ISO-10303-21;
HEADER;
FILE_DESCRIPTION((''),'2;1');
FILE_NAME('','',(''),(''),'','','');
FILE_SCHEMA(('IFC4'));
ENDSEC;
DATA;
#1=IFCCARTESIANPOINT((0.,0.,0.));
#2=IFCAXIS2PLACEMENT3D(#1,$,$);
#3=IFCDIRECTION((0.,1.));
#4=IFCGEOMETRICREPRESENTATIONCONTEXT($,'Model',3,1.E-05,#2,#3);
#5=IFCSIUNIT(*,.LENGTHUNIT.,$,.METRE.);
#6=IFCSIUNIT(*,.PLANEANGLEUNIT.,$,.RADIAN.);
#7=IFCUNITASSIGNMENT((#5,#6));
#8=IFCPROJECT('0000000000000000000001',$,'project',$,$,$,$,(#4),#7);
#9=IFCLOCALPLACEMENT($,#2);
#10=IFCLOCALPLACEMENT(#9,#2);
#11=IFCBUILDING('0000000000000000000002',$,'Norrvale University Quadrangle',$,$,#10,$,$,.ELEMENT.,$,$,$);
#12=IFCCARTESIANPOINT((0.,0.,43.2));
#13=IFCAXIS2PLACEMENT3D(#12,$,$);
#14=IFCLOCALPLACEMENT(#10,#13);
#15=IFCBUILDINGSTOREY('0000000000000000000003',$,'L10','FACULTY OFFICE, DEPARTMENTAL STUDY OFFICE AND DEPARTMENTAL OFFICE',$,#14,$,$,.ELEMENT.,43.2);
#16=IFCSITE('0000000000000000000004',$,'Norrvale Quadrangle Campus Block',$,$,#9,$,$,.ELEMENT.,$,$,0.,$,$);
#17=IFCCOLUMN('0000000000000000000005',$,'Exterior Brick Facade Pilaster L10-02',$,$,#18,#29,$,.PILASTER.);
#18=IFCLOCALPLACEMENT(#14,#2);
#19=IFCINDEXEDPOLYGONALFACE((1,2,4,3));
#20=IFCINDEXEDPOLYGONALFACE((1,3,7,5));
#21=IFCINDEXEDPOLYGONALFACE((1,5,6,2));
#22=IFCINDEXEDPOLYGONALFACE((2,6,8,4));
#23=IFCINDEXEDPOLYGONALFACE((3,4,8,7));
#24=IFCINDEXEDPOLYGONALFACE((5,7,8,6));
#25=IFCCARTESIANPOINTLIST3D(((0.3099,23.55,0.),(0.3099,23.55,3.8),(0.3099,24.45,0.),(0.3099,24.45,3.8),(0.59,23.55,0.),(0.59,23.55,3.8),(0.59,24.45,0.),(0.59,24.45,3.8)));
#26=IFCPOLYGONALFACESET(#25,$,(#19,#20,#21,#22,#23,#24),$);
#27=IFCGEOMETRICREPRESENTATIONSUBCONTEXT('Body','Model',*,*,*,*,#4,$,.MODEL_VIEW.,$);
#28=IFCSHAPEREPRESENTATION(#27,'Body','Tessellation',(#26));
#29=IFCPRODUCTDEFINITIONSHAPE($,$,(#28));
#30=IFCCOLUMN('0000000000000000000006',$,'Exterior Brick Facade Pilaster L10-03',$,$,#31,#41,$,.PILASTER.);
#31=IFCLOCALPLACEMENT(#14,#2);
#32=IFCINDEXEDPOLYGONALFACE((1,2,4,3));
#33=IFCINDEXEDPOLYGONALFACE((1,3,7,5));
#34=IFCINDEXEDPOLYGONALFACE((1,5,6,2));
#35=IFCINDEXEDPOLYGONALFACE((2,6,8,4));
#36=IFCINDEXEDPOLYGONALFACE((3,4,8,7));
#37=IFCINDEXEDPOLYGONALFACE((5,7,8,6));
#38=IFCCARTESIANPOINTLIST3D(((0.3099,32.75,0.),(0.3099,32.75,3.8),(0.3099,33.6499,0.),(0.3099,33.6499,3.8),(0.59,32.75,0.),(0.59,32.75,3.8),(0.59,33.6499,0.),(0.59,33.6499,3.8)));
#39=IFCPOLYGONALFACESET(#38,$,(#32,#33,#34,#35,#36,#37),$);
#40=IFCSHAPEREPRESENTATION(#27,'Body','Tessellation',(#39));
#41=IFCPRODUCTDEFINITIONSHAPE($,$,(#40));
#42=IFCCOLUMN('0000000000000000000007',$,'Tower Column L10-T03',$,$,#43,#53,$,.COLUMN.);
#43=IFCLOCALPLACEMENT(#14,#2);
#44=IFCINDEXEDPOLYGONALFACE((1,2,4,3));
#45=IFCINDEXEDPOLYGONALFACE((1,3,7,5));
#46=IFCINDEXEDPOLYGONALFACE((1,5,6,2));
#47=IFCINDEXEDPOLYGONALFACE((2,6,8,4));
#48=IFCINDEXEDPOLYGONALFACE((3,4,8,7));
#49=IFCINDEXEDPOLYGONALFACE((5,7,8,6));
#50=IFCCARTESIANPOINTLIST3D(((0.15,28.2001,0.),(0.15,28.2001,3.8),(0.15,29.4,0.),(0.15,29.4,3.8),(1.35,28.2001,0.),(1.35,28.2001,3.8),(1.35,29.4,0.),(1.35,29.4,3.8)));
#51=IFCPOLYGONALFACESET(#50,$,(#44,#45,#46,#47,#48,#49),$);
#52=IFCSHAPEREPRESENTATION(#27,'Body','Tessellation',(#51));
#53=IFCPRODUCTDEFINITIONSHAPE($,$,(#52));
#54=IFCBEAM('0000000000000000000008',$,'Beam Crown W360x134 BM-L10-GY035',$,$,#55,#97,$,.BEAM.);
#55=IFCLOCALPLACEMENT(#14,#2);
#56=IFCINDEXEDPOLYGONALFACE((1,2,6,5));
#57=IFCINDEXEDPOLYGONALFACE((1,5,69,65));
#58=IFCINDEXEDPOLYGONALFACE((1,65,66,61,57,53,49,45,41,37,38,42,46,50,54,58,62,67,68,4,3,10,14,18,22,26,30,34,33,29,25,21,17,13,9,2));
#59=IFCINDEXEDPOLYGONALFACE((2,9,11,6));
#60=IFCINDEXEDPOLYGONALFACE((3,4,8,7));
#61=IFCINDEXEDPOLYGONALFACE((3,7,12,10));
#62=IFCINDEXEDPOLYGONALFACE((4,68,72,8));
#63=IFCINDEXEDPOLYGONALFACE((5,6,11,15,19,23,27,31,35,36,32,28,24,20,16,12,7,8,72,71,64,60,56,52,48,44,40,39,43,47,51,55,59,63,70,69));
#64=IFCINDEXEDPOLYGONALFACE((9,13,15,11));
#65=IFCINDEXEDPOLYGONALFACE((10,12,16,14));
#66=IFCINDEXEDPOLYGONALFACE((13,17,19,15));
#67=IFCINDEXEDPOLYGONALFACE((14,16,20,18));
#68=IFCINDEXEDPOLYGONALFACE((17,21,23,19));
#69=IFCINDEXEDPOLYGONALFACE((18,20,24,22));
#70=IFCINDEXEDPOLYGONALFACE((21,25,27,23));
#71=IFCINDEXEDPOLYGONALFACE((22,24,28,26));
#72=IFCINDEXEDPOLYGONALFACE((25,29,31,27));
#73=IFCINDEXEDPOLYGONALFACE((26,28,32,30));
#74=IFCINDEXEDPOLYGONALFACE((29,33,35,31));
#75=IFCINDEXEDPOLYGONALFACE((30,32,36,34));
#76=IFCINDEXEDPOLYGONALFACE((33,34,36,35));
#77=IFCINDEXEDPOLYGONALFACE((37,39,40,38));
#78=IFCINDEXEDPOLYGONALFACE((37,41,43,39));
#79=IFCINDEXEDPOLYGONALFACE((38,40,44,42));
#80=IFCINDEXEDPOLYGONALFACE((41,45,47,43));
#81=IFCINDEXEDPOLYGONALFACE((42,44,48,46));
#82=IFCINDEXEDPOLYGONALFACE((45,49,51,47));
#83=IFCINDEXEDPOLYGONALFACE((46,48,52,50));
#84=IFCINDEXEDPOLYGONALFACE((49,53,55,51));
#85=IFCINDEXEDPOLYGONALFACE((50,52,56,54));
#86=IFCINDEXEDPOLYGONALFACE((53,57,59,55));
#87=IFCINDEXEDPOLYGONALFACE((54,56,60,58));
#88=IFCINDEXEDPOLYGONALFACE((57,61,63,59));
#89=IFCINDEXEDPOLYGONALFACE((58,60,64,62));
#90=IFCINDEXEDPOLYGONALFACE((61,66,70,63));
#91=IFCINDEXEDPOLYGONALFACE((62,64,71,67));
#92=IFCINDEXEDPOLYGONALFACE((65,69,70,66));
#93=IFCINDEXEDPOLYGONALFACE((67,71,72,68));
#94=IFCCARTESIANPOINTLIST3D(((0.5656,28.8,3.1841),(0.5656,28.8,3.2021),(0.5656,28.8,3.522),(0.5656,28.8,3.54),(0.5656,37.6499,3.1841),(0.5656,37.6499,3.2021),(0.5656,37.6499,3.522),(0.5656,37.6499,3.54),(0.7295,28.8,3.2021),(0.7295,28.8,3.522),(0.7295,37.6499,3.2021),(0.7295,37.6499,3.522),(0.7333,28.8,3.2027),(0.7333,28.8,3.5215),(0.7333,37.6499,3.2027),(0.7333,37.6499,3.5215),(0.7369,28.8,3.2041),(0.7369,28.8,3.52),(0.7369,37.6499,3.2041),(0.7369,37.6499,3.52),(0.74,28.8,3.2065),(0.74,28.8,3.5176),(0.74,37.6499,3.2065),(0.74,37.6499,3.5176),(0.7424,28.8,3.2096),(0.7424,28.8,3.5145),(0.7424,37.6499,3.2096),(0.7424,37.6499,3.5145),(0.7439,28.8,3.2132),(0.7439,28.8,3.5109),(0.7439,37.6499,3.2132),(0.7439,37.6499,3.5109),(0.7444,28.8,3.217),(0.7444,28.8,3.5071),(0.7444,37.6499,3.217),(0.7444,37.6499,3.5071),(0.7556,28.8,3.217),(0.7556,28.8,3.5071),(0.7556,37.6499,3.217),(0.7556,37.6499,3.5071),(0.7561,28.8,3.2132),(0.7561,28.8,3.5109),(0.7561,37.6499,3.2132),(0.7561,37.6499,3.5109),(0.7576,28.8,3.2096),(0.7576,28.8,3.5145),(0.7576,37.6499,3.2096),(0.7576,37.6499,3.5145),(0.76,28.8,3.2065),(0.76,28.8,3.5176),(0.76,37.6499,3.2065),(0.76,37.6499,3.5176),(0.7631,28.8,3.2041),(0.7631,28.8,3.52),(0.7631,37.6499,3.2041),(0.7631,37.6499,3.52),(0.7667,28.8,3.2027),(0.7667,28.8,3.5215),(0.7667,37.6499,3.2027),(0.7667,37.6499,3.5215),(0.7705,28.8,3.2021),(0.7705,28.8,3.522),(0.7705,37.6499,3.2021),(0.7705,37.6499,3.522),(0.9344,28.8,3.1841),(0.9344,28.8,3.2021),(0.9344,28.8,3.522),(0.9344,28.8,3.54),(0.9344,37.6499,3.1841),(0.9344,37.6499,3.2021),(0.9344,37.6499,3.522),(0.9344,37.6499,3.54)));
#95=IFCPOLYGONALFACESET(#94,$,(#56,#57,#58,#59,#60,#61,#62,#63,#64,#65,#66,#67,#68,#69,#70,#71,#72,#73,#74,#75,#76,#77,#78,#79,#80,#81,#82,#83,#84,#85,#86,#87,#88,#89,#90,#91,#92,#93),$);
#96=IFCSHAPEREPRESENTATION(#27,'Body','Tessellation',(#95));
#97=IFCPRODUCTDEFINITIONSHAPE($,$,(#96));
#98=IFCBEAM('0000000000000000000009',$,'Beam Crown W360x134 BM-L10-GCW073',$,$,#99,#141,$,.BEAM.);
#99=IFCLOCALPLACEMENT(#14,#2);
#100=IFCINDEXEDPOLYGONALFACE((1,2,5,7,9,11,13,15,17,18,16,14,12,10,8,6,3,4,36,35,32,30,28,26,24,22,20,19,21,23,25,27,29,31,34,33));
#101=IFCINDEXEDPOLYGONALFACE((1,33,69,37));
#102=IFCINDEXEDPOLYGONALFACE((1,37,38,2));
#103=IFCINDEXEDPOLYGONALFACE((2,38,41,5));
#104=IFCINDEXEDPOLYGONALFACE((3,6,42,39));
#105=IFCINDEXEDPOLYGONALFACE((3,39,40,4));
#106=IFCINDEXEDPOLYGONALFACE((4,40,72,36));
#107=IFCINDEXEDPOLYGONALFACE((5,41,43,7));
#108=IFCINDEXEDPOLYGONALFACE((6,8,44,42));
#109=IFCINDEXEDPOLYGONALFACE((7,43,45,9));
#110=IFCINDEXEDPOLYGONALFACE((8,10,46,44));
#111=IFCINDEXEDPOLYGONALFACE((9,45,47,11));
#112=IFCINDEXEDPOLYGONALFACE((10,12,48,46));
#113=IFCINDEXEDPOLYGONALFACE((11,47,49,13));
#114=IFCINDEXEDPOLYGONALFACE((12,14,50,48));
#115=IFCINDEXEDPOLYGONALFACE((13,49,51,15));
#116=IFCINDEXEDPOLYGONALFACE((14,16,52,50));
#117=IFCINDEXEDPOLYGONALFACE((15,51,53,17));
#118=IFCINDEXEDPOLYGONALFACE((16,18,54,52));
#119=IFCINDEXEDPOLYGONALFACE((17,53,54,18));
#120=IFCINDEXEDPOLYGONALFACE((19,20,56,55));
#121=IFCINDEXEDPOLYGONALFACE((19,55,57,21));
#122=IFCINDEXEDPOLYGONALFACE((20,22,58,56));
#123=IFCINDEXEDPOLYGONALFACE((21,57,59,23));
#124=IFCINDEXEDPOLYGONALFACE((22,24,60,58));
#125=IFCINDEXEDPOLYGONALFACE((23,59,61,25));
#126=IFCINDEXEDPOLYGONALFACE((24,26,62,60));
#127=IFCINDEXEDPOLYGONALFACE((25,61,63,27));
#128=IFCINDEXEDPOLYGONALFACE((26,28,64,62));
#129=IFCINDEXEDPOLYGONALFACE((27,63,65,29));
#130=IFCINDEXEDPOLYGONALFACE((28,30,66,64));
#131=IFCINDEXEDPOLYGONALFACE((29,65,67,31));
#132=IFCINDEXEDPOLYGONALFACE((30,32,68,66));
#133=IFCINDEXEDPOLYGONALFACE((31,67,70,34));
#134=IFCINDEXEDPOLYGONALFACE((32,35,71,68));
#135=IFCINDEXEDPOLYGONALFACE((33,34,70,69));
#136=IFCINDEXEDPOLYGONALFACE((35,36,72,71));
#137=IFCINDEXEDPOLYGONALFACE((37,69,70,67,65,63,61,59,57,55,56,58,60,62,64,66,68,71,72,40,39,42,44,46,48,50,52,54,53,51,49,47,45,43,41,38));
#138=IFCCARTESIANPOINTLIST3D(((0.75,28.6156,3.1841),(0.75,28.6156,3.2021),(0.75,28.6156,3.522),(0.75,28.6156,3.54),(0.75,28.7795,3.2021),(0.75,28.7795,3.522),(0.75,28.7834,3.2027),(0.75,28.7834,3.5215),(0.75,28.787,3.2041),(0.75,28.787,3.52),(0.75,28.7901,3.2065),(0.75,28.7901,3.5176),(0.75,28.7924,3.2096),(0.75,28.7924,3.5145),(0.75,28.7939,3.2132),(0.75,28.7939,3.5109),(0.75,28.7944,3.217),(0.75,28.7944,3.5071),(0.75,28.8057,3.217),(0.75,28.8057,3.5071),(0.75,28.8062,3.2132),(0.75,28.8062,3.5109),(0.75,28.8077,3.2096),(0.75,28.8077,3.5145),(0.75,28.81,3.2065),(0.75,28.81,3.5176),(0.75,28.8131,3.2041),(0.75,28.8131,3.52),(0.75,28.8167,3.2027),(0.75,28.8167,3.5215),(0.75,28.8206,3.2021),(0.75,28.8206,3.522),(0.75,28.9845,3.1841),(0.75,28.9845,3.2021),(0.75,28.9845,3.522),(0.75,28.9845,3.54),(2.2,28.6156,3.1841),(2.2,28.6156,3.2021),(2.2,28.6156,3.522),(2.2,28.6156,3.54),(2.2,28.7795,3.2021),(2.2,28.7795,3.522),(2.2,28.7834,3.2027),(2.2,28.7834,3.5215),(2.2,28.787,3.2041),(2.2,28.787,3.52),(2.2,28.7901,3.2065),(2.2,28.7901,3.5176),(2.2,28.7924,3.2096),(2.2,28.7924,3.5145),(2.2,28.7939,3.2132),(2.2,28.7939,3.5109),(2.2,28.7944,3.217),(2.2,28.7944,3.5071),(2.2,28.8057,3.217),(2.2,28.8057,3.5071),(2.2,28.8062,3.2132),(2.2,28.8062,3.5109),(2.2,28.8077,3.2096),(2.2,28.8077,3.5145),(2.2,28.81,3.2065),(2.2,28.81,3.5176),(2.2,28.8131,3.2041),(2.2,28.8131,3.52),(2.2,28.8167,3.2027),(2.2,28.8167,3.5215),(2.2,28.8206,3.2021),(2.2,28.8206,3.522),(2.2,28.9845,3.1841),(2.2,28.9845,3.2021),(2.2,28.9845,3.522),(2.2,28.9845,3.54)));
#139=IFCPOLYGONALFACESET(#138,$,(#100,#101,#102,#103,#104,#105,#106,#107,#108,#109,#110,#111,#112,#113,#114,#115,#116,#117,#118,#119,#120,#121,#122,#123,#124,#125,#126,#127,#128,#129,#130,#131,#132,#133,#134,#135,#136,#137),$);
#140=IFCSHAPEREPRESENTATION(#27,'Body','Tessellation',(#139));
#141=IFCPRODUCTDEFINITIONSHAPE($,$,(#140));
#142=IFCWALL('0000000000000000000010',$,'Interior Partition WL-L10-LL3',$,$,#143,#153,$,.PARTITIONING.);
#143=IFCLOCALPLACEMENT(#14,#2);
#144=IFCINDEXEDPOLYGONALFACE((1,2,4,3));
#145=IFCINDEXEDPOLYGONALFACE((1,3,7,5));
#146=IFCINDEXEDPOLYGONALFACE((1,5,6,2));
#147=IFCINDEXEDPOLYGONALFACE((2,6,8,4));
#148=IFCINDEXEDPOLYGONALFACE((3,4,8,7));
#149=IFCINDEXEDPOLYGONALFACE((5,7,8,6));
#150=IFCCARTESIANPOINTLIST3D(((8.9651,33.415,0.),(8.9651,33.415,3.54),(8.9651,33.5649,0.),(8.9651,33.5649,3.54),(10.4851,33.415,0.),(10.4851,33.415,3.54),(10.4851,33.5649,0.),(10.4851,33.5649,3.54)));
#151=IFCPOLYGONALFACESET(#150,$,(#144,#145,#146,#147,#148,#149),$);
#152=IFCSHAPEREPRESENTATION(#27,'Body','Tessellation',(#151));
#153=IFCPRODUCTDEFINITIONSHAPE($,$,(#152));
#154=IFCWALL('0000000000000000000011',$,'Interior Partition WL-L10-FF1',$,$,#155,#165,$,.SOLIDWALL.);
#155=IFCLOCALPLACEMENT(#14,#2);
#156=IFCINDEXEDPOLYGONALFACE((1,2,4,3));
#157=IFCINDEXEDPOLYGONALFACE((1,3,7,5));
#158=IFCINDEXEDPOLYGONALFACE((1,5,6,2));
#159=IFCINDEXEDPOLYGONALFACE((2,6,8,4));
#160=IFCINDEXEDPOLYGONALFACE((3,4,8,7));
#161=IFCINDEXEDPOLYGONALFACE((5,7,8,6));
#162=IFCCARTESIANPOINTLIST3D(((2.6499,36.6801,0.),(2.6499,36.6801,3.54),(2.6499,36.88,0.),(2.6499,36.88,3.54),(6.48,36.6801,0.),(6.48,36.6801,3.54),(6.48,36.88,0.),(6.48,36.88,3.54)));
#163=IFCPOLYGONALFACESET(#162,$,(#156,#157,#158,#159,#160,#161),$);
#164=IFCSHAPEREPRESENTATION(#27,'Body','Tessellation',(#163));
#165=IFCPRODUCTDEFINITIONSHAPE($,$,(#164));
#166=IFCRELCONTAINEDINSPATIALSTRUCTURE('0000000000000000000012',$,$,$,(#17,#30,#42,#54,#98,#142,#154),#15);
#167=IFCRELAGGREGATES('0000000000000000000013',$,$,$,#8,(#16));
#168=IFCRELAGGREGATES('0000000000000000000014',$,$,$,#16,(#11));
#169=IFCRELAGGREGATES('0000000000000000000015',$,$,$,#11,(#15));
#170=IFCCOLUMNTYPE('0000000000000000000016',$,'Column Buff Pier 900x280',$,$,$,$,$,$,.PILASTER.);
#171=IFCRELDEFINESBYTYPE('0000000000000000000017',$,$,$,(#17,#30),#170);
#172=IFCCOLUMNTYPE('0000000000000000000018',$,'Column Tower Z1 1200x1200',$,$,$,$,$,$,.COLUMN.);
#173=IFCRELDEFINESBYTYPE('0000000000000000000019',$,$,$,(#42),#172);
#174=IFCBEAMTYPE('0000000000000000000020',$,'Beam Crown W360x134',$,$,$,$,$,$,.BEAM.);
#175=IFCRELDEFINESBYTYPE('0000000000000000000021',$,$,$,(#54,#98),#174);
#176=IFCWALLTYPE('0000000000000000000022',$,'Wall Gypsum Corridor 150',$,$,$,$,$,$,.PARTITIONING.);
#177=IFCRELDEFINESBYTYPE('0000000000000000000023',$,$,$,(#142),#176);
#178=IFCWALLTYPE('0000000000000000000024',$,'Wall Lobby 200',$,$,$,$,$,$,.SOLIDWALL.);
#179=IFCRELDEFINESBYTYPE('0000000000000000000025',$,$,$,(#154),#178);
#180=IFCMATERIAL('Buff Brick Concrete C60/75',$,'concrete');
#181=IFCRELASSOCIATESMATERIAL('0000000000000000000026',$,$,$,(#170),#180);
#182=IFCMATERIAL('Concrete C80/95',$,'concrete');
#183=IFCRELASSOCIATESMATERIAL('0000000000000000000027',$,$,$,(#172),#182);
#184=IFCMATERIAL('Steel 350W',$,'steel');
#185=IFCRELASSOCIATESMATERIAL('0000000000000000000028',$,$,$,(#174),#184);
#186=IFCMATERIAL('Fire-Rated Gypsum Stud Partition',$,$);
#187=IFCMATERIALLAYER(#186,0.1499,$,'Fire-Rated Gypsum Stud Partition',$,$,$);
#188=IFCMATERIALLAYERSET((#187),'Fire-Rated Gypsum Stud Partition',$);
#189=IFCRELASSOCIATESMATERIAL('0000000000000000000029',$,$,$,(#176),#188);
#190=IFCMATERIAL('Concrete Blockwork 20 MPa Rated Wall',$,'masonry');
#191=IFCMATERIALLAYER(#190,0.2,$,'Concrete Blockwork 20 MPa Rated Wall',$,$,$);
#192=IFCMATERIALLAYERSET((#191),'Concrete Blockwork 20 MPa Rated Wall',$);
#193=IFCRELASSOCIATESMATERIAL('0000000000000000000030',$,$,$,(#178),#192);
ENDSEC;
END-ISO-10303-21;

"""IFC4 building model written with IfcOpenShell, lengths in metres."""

from ifc_helpers import new_model, si_unit, direction, frame, frame_2d, origin, origin_2d, place, context, subcontext, project, spatial, rectangle, i_section, extrude, material, layer, layer_set, material_profile, profile_set, type_object, element, save


model = new_model("IFC4")

# Units and contexts
model_context = context("Model", 3, precision=1e-05, world=origin(), true_north=direction((0.0, 1.0)))
body_context = subcontext(model_context, "Body", "Model", "MODEL_VIEW")
ifc_project = project(units=[si_unit("LENGTHUNIT", "METRE"), si_unit("PLANEANGLEUNIT", "RADIAN")], contexts=[model_context])

# Site, building, storey
site_placement = place(None, origin())
site = spatial("IfcSite", under=ifc_project, at=site_placement, Name="Norrvale Quadrangle Campus Block", CompositionType="ELEMENT", RefElevation=0.0)
building_placement = place(site_placement, origin())
building = spatial("IfcBuilding", under=site, at=building_placement, Name="Norrvale University Quadrangle", CompositionType="ELEMENT")
storey_placement = place(building_placement, frame((0.0, 0.0, 43.2)))
storey = spatial("IfcBuildingStorey", under=building, at=storey_placement, Name="L10", Description="FACULTY OFFICE, DEPARTMENTAL STUDY OFFICE AND DEPARTMENTAL OFFICE", CompositionType="ELEMENT", Elevation=43.2)

# Columns
ifc_material_1 = material(Name="Buff Brick Concrete C60/75", Category="concrete")
ifc_material_profile_1 = material_profile(ifc_material_1, rectangle(XDim=0.8999, YDim=0.28, at=origin_2d()), Name="Buff Brick Concrete C60/75")
ifc_profile_set_1 = profile_set([ifc_material_profile_1], Name="Buff Brick Concrete C60/75")
column_type_1 = type_object("IfcColumnType", Name="Column Buff Pier 900x280", PredefinedType="PILASTER", material=ifc_profile_set_1)
for number, where, z_axis, x_axis, name in (
    (1, (0.45, 24.0, 0.0), (0.0, 0.0, 1.0), (0.0, 1.0, 0.0), "Exterior Brick Facade Pilaster L10-02"),
    (2, (0.45, 33.2, 0.0), (0.0, 0.0, 1.0), (0.0, 1.0, 0.0), "Exterior Brick Facade Pilaster L10-03"),
):
    element("IfcColumn", number, at=place(storey_placement, frame(where, z_axis=z_axis, x_axis=x_axis)), inside=storey, type_object=column_type_1, Name=name, PredefinedType="PILASTER", context=body_context, shape_type="SweptSolid", body=[
        extrude(rectangle(XDim=0.8999, YDim=0.28, at=origin_2d()), origin(), (0.0, 0.0, 1.0), 3.8),
    ])
ifc_material_2 = material(Name="Concrete C80/95", Category="concrete")
ifc_material_profile_2 = material_profile(ifc_material_2, rectangle(XDim=1.2, YDim=1.2, at=origin_2d()), Name="Concrete C80/95")
ifc_profile_set_2 = profile_set([ifc_material_profile_2], Name="Concrete C80/95")
column_type_2 = type_object("IfcColumnType", Name="Column Tower Z1 1200x1200", PredefinedType="COLUMN", material=ifc_profile_set_2)
column_placement = place(storey_placement, frame((0.75, 28.8, 0.0), z_axis=(0.0, 0.0, 1.0), x_axis=(1.0, 0.0, 0.0)))
element("IfcColumn", 3, at=column_placement, inside=storey, type_object=column_type_2, Name="Tower Column L10-T03", PredefinedType="COLUMN", context=body_context, shape_type="SweptSolid", body=[
    extrude(rectangle(XDim=1.2, YDim=1.2, at=origin_2d()), origin(), (0.0, 0.0, 1.0), 3.8),
])

# Beams
ifc_material_3 = material(Name="Steel 350W", Category="steel")
ifc_material_profile_3 = material_profile(ifc_material_3, i_section(OverallWidth=0.3689, OverallDepth=0.356, WebThickness=0.0112, FlangeThickness=0.0181, FilletRadius=0.0149, at=origin_2d()), Name="Steel 350W")
ifc_profile_set_3 = profile_set([ifc_material_profile_3], Name="Steel 350W")
beam_type = type_object("IfcBeamType", Name="Beam Crown W360x134", PredefinedType="BEAM", material=ifc_profile_set_3)
beam_1_placement = place(storey_placement, frame((0.75, 28.8, 3.3621), z_axis=(0.0, 1.0, 0.0), x_axis=(-1.0, 0.0, 0.0)))
element("IfcBeam", 4, at=beam_1_placement, inside=storey, type_object=beam_type, Name="Beam Crown W360x134 BM-L10-GY035", PredefinedType="BEAM", context=body_context, shape_type="SweptSolid", body=[
    extrude(i_section(OverallWidth=0.3689, OverallDepth=0.356, WebThickness=0.0112, FlangeThickness=0.0181, FilletRadius=0.0149, at=origin_2d()), origin(), (0.0, 0.0, 1.0), 8.8499),
])
beam_2_placement = place(storey_placement, frame((0.75, 28.8, 3.3621), z_axis=(1.0, 0.0, 0.0), x_axis=(0.0, 1.0, 0.0)))
element("IfcBeam", 5, at=beam_2_placement, inside=storey, type_object=beam_type, Name="Beam Crown W360x134 BM-L10-GCW073", PredefinedType="BEAM", context=body_context, shape_type="SweptSolid", body=[
    extrude(i_section(OverallWidth=0.3689, OverallDepth=0.356, WebThickness=0.0112, FlangeThickness=0.0181, FilletRadius=0.0149, at=origin_2d()), origin(), (0.0, 0.0, 1.0), 1.45),
])

# Walls
ifc_material_4 = material(Name="Fire-Rated Gypsum Stud Partition")
ifc_layer_1 = layer(ifc_material_4, 0.1499, Name="Fire-Rated Gypsum Stud Partition")
ifc_layer_set_1 = layer_set([ifc_layer_1], Name="Fire-Rated Gypsum Stud Partition")
wall_type_1 = type_object("IfcWallType", Name="Wall Gypsum Corridor 150", PredefinedType="PARTITIONING", material=ifc_layer_set_1)
wall_1_placement = place(storey_placement, frame((8.9651, 33.49, 0.0), z_axis=(0.0, 0.0, 1.0), x_axis=(1.0, 0.0, 0.0)))
element("IfcWall", 6, at=wall_1_placement, inside=storey, type_object=wall_type_1, Name="Interior Partition WL-L10-LL3", PredefinedType="PARTITIONING", context=body_context, shape_type="SweptSolid", body=[
    extrude(rectangle(XDim=1.52, YDim=0.1499, at=frame_2d((0.76, 0.0))), origin(), (0.0, 0.0, 1.0), 3.54),
])
ifc_material_5 = material(Name="Concrete Blockwork 20 MPa Rated Wall", Category="masonry")
ifc_layer_2 = layer(ifc_material_5, 0.2, Name="Concrete Blockwork 20 MPa Rated Wall")
ifc_layer_set_2 = layer_set([ifc_layer_2], Name="Concrete Blockwork 20 MPa Rated Wall")
wall_type_2 = type_object("IfcWallType", Name="Wall Lobby 200", PredefinedType="SOLIDWALL", material=ifc_layer_set_2)
wall_2_placement = place(storey_placement, frame((2.6499, 36.78, 0.0), z_axis=(0.0, 0.0, 1.0), x_axis=(1.0, 0.0, 0.0)))
element("IfcWall", 7, at=wall_2_placement, inside=storey, type_object=wall_type_2, Name="Interior Partition WL-L10-FF1", PredefinedType="SOLIDWALL", context=body_context, shape_type="SweptSolid", body=[
    extrude(rectangle(XDim=3.8301, YDim=0.2, at=frame_2d((1.915, 0.0))), origin(), (0.0, 0.0, 1.0), 3.54),
])

save(model, "model.ifc")
